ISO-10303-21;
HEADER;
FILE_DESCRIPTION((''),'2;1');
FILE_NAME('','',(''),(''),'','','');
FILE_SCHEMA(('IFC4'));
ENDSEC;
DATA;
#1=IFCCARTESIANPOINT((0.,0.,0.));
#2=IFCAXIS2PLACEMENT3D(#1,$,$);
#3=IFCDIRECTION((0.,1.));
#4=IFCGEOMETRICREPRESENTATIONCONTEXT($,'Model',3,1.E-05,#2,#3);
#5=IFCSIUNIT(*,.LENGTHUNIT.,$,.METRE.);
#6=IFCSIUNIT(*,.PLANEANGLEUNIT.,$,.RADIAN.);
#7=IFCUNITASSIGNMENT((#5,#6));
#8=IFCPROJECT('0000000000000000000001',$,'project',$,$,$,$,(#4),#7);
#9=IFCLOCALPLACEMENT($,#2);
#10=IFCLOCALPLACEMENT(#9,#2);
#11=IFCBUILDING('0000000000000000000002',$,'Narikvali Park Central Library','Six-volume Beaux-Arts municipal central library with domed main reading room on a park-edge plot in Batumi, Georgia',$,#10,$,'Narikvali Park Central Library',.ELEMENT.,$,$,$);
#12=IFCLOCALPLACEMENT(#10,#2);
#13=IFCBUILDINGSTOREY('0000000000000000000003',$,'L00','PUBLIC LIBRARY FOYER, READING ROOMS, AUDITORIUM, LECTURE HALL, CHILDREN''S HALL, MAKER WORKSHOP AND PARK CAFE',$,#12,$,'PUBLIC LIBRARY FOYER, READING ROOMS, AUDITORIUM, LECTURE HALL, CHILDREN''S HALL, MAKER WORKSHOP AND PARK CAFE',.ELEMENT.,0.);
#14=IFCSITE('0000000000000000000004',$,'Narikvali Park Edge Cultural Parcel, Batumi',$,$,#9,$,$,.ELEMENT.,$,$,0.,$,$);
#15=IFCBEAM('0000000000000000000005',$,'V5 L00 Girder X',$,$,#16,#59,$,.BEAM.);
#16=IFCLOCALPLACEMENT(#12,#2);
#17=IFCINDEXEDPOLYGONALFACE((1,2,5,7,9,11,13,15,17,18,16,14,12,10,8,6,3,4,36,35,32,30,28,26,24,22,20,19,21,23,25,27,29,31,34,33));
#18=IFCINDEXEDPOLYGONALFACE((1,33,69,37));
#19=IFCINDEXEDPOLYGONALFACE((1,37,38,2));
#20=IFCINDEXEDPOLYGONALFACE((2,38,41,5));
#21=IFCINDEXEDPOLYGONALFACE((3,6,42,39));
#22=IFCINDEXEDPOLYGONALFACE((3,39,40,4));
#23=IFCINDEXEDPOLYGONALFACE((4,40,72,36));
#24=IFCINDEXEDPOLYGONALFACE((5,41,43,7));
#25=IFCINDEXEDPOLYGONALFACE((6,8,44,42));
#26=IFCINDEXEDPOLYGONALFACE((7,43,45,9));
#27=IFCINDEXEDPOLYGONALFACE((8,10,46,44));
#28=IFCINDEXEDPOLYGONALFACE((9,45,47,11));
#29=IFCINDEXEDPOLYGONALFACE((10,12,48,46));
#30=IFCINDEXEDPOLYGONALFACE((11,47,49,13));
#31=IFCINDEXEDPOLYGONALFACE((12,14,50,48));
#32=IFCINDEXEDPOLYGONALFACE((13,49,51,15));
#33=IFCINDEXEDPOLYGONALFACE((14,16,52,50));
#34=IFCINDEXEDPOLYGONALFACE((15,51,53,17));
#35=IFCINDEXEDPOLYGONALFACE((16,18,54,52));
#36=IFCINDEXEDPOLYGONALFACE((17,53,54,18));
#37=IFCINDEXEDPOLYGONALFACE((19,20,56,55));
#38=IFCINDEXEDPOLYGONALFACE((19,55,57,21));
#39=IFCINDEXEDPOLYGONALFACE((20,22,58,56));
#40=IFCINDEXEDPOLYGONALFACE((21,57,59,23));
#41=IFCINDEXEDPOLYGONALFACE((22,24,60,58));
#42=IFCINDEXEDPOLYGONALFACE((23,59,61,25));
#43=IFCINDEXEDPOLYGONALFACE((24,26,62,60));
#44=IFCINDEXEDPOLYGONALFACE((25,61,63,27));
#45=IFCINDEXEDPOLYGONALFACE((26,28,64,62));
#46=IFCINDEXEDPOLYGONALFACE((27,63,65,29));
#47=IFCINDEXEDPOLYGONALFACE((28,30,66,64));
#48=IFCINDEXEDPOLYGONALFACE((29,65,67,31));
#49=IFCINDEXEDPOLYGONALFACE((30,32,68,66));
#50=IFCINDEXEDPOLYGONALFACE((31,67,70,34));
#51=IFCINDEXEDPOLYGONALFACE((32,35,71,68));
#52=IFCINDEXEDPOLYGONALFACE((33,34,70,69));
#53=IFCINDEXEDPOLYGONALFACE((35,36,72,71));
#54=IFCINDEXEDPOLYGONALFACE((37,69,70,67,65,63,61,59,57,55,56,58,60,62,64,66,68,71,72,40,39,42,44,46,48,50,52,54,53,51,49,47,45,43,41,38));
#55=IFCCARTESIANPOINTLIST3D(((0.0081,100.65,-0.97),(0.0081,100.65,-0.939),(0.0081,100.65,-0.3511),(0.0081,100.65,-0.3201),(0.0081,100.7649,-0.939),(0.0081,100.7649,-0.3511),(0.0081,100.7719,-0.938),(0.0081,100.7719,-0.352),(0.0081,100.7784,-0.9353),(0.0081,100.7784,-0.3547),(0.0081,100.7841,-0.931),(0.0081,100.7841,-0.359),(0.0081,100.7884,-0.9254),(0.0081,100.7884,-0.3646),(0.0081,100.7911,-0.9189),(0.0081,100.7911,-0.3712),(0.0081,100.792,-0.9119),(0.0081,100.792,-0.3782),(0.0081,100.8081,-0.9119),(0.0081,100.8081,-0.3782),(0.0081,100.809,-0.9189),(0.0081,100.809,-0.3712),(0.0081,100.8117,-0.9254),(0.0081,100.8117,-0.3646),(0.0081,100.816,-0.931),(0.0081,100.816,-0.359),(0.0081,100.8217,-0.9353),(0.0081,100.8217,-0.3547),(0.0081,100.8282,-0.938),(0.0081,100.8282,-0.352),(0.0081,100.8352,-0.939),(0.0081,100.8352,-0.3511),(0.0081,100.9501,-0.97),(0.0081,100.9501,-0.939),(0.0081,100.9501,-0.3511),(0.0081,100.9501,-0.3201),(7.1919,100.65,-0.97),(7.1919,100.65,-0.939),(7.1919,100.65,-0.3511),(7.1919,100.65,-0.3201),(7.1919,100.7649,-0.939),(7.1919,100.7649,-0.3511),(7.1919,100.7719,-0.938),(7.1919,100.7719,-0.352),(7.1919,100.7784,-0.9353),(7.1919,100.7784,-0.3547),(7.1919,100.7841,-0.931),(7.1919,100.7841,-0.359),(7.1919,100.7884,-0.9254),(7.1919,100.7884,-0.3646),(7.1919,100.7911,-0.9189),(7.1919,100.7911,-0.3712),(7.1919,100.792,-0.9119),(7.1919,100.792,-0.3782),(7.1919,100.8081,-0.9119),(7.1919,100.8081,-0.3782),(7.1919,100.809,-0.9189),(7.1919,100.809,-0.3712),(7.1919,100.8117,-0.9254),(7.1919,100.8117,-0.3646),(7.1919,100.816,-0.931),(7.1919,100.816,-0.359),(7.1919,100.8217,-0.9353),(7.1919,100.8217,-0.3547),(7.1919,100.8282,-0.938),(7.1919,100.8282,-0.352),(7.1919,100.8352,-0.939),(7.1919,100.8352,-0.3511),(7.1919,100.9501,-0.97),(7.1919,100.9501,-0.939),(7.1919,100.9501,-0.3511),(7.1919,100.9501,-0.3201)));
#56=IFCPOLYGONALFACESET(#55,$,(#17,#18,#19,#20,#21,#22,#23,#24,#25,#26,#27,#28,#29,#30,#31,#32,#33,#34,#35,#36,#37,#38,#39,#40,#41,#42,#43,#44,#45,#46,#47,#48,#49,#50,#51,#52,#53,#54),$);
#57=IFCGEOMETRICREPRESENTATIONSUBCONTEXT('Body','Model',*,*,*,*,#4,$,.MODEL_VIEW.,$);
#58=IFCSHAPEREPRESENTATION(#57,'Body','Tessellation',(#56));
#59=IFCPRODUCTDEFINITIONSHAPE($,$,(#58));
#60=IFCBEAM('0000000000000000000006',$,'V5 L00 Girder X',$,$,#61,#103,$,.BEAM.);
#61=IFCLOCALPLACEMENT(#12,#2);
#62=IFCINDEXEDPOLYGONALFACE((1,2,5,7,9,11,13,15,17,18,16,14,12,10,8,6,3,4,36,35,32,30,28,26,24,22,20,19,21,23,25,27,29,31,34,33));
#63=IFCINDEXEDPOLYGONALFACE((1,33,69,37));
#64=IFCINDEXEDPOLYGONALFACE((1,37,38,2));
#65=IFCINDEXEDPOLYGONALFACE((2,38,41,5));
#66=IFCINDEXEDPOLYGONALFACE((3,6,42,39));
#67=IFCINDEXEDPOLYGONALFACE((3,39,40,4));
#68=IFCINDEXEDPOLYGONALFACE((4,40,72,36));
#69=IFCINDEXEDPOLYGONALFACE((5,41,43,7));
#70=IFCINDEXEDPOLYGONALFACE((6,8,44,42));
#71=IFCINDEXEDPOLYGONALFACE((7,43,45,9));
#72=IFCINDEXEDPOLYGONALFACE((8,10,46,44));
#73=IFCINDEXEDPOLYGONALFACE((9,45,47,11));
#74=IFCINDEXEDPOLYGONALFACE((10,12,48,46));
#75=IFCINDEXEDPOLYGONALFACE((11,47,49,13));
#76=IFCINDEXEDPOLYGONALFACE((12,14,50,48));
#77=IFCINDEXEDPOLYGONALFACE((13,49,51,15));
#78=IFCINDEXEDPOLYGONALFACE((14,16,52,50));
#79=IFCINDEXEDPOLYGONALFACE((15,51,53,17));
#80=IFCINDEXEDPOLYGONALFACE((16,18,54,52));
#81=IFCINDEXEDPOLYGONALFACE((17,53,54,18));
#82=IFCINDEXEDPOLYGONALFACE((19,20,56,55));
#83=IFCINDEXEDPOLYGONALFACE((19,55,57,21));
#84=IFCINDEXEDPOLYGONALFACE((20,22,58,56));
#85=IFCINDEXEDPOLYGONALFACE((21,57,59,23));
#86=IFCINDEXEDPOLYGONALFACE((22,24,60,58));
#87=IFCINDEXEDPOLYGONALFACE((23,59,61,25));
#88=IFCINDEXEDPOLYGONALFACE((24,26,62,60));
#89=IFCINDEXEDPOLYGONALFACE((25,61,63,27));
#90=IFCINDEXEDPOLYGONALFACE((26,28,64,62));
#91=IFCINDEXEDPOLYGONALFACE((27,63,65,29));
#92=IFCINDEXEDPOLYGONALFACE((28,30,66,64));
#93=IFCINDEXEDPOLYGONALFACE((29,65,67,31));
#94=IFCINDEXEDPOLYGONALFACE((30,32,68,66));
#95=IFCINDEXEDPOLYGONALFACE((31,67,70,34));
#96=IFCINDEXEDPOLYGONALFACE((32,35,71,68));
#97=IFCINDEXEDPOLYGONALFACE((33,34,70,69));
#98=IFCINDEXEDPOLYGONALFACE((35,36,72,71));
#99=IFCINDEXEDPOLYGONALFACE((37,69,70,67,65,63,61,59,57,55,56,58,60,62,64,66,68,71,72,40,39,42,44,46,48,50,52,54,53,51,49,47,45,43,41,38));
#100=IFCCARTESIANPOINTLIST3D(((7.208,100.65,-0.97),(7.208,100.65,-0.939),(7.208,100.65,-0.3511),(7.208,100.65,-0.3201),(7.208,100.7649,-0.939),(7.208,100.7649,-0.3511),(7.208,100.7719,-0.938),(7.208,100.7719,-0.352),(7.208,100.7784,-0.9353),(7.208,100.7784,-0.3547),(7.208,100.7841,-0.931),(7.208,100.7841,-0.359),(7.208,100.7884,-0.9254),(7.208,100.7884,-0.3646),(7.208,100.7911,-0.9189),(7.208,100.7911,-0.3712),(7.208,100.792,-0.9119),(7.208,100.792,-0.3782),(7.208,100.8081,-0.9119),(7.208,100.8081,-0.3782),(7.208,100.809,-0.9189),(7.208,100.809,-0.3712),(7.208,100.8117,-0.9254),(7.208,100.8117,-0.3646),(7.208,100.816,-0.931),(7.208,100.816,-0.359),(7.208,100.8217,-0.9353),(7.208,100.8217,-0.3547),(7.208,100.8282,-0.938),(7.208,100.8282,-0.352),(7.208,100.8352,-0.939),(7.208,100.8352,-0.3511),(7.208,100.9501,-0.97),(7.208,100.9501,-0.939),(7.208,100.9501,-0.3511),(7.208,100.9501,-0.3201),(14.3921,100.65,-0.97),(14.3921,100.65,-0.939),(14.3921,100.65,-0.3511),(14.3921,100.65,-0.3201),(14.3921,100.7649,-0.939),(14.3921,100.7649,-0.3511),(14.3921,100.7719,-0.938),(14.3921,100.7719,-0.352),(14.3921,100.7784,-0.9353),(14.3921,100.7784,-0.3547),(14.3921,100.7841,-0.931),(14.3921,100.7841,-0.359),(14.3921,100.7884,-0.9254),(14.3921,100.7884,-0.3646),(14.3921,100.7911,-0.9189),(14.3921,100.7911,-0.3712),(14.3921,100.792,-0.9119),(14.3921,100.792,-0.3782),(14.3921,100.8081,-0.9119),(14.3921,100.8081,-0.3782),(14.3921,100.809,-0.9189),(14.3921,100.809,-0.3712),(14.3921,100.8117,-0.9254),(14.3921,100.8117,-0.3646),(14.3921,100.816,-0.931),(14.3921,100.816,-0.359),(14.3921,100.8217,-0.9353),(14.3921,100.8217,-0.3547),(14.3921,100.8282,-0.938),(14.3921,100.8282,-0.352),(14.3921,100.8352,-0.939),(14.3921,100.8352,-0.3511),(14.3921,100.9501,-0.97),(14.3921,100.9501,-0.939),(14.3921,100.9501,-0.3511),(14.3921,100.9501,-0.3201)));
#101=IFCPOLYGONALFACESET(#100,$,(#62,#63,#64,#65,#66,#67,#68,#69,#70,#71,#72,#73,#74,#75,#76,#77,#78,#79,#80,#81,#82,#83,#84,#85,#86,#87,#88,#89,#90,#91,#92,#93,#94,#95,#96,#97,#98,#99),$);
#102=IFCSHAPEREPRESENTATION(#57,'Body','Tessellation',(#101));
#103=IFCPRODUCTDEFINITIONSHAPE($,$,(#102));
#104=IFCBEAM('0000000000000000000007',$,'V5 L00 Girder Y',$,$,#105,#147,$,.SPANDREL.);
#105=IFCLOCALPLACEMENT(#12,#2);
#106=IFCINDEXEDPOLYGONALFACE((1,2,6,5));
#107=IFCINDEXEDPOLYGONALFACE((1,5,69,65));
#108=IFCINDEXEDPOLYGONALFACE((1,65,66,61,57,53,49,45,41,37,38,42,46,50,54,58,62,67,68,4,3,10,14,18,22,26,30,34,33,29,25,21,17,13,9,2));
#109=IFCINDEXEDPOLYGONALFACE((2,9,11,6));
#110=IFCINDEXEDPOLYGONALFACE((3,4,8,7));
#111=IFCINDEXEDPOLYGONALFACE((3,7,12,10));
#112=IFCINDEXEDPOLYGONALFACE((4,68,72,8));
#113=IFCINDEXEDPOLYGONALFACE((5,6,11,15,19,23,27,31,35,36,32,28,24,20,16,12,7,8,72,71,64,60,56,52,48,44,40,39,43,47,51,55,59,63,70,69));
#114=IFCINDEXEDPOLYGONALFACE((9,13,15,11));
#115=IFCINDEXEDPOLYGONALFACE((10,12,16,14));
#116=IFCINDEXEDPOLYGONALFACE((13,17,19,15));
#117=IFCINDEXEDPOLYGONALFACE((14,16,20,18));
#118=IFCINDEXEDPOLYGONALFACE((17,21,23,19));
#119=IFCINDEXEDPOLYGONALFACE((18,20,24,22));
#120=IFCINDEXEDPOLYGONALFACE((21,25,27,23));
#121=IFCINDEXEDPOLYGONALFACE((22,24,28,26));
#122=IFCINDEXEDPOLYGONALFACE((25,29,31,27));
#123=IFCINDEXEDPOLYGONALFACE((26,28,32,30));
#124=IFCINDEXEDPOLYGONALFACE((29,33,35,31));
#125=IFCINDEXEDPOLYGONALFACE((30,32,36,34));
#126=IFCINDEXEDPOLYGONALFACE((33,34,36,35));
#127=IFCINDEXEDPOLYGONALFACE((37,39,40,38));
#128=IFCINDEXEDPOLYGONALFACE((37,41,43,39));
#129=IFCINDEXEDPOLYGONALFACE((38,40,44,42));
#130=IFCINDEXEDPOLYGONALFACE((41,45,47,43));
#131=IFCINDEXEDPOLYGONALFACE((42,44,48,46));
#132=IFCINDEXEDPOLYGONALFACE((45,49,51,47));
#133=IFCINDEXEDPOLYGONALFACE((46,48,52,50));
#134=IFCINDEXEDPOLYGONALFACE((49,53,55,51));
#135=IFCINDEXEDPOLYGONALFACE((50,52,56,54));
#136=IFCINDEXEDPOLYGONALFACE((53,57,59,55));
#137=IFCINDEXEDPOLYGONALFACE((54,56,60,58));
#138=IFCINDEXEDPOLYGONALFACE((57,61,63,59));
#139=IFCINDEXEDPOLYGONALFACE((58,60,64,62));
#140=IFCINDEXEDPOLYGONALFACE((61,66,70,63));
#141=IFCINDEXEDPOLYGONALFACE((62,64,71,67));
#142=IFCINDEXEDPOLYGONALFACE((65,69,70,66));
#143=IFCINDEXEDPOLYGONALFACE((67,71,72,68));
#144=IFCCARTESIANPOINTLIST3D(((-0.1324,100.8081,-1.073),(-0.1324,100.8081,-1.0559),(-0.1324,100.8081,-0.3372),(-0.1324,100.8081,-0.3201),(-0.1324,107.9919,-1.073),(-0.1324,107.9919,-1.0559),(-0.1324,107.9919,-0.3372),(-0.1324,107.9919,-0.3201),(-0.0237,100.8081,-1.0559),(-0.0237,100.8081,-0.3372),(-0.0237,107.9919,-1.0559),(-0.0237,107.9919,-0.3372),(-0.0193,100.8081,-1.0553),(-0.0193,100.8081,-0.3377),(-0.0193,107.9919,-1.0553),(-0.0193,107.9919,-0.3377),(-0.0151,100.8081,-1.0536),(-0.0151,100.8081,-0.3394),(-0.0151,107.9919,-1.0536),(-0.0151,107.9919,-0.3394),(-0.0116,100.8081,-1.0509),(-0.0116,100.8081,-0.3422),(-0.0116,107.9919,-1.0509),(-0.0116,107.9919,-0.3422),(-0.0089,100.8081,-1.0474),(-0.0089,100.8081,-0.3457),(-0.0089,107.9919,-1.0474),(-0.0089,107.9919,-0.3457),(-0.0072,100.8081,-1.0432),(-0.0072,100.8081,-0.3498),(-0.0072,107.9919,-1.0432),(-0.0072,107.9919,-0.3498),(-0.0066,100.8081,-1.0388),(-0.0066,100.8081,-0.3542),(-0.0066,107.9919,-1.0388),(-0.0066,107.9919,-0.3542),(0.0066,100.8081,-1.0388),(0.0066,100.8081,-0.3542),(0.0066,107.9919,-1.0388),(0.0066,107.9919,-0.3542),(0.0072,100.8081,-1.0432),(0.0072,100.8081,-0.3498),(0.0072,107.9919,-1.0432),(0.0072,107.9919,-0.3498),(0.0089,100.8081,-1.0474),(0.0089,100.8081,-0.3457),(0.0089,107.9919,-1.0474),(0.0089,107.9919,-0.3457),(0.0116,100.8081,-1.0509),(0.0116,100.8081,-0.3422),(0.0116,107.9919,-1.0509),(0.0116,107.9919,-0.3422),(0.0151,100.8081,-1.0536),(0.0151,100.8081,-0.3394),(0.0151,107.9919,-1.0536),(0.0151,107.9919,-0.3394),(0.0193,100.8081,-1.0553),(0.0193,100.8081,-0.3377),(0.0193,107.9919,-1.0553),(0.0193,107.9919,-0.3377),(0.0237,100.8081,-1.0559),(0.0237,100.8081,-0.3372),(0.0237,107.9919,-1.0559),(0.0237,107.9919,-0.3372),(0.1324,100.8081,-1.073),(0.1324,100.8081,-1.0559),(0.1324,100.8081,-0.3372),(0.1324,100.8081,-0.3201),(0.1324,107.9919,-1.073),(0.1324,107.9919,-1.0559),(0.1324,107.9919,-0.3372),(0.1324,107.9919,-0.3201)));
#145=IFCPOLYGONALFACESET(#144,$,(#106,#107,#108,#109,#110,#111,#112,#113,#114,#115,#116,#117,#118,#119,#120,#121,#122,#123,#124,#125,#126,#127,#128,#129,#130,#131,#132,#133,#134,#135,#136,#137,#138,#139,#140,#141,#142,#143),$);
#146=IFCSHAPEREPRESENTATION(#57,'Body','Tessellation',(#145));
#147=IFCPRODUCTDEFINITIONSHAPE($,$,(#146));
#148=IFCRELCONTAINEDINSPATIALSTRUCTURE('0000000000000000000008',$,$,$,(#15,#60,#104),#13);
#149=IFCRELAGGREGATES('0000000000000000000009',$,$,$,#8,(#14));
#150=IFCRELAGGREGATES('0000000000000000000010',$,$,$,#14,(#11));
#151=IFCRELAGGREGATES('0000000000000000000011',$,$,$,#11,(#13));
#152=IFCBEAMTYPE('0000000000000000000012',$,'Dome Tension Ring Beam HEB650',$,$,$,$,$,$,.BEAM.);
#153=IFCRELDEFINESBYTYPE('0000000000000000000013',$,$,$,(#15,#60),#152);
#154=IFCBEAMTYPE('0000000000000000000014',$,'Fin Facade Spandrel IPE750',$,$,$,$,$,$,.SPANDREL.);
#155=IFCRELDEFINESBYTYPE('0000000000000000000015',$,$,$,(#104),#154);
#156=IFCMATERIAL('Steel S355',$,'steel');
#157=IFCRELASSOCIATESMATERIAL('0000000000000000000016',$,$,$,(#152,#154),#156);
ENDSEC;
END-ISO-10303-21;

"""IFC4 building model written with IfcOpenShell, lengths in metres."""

from ifc_helpers import new_model, si_unit, direction, frame, origin, origin_2d, place, context, subcontext, project, spatial, i_section, extrude, material, material_profile, profile_set, type_object, element, save


model = new_model("IFC4")

# Units and contexts
model_context = context("Model", 3, precision=1e-05, world=origin(), true_north=direction((0.0, 1.0)))
body_context = subcontext(model_context, "Body", "Model", "MODEL_VIEW")
ifc_project = project(units=[si_unit("LENGTHUNIT", "METRE"), si_unit("PLANEANGLEUNIT", "RADIAN")], contexts=[model_context])

# Site, building, storey
site_placement = place(None, origin())
site = spatial("IfcSite", under=ifc_project, at=site_placement, Name="Narikvali Park Edge Cultural Parcel, Batumi", CompositionType="ELEMENT", RefElevation=0.0)
building_placement = place(site_placement, origin())
building = spatial("IfcBuilding", under=site, at=building_placement, Name="Narikvali Park Central Library", Description="Six-volume Beaux-Arts municipal central library with domed main reading room on a park-edge plot in Batumi, Georgia", LongName="Narikvali Park Central Library", CompositionType="ELEMENT")
storey_placement = place(building_placement, origin())
storey = spatial("IfcBuildingStorey", under=building, at=storey_placement, Name="L00", Description="PUBLIC LIBRARY FOYER, READING ROOMS, AUDITORIUM, LECTURE HALL, CHILDREN'S HALL, MAKER WORKSHOP AND PARK CAFE", LongName="PUBLIC LIBRARY FOYER, READING ROOMS, AUDITORIUM, LECTURE HALL, CHILDREN'S HALL, MAKER WORKSHOP AND PARK CAFE", CompositionType="ELEMENT", Elevation=0.0)

# Shared definitions
ifc_material_1 = material(Name="Steel S355", Category="steel")

# Beams
ifc_material_profile_1 = material_profile(ifc_material_1, i_section(OverallWidth=0.3, OverallDepth=0.6499, WebThickness=0.0161, FlangeThickness=0.031, FilletRadius=0.0271, at=origin_2d()), Name="HEB 650")
ifc_profile_set_1 = profile_set([ifc_material_profile_1], Name="Steel S355")
beam_type_1 = type_object("IfcBeamType", Name="Dome Tension Ring Beam HEB650", PredefinedType="BEAM", material=ifc_profile_set_1)
beam_1_placement = place(storey_placement, frame((0.0081, 100.8, -0.645), z_axis=(1.0, 0.0, 0.0), x_axis=(0.0, 1.0, 0.0)))
element("IfcBeam", 1, at=beam_1_placement, inside=storey, type_object=beam_type_1, Name="V5 L00 Girder X", PredefinedType="BEAM", context=body_context, shape_type="SweptSolid", body=[
    extrude(i_section(OverallWidth=0.3, OverallDepth=0.6499, WebThickness=0.0161, FlangeThickness=0.031, FilletRadius=0.0271, at=origin_2d()), origin(), (0.0, 0.0, 1.0), 7.1838),
])
beam_2_placement = place(storey_placement, frame((7.208, 100.8, -0.645), z_axis=(1.0, 0.0, 0.0), x_axis=(0.0, 1.0, 0.0)))
element("IfcBeam", 2, at=beam_2_placement, inside=storey, type_object=beam_type_1, Name="V5 L00 Girder X", PredefinedType="BEAM", context=body_context, shape_type="SweptSolid", body=[
    extrude(i_section(OverallWidth=0.3, OverallDepth=0.6499, WebThickness=0.0161, FlangeThickness=0.031, FilletRadius=0.0271, at=origin_2d()), origin(), (0.0, 0.0, 1.0), 7.1841),
])
ifc_material_profile_2 = material_profile(ifc_material_1, i_section(OverallWidth=0.2649, OverallDepth=0.7529, WebThickness=0.0132, FlangeThickness=0.0171, FilletRadius=0.0171, at=origin_2d()), Name="IPE 750x147")
ifc_profile_set_2 = profile_set([ifc_material_profile_2], Name="Steel S355")
beam_type_2 = type_object("IfcBeamType", Name="Fin Facade Spandrel IPE750", PredefinedType="SPANDREL", material=ifc_profile_set_2)
beam_3_placement = place(storey_placement, frame((0.0, 100.8081, -0.6965), z_axis=(0.0, 1.0, 0.0), x_axis=(-1.0, 0.0, 0.0)))
element("IfcBeam", 3, at=beam_3_placement, inside=storey, type_object=beam_type_2, Name="V5 L00 Girder Y", PredefinedType="SPANDREL", context=body_context, shape_type="SweptSolid", body=[
    extrude(i_section(OverallWidth=0.2649, OverallDepth=0.7529, WebThickness=0.0132, FlangeThickness=0.0171, FilletRadius=0.0171, at=origin_2d()), origin(), (0.0, 0.0, 1.0), 7.1838),
])

save(model, "model.ifc")
